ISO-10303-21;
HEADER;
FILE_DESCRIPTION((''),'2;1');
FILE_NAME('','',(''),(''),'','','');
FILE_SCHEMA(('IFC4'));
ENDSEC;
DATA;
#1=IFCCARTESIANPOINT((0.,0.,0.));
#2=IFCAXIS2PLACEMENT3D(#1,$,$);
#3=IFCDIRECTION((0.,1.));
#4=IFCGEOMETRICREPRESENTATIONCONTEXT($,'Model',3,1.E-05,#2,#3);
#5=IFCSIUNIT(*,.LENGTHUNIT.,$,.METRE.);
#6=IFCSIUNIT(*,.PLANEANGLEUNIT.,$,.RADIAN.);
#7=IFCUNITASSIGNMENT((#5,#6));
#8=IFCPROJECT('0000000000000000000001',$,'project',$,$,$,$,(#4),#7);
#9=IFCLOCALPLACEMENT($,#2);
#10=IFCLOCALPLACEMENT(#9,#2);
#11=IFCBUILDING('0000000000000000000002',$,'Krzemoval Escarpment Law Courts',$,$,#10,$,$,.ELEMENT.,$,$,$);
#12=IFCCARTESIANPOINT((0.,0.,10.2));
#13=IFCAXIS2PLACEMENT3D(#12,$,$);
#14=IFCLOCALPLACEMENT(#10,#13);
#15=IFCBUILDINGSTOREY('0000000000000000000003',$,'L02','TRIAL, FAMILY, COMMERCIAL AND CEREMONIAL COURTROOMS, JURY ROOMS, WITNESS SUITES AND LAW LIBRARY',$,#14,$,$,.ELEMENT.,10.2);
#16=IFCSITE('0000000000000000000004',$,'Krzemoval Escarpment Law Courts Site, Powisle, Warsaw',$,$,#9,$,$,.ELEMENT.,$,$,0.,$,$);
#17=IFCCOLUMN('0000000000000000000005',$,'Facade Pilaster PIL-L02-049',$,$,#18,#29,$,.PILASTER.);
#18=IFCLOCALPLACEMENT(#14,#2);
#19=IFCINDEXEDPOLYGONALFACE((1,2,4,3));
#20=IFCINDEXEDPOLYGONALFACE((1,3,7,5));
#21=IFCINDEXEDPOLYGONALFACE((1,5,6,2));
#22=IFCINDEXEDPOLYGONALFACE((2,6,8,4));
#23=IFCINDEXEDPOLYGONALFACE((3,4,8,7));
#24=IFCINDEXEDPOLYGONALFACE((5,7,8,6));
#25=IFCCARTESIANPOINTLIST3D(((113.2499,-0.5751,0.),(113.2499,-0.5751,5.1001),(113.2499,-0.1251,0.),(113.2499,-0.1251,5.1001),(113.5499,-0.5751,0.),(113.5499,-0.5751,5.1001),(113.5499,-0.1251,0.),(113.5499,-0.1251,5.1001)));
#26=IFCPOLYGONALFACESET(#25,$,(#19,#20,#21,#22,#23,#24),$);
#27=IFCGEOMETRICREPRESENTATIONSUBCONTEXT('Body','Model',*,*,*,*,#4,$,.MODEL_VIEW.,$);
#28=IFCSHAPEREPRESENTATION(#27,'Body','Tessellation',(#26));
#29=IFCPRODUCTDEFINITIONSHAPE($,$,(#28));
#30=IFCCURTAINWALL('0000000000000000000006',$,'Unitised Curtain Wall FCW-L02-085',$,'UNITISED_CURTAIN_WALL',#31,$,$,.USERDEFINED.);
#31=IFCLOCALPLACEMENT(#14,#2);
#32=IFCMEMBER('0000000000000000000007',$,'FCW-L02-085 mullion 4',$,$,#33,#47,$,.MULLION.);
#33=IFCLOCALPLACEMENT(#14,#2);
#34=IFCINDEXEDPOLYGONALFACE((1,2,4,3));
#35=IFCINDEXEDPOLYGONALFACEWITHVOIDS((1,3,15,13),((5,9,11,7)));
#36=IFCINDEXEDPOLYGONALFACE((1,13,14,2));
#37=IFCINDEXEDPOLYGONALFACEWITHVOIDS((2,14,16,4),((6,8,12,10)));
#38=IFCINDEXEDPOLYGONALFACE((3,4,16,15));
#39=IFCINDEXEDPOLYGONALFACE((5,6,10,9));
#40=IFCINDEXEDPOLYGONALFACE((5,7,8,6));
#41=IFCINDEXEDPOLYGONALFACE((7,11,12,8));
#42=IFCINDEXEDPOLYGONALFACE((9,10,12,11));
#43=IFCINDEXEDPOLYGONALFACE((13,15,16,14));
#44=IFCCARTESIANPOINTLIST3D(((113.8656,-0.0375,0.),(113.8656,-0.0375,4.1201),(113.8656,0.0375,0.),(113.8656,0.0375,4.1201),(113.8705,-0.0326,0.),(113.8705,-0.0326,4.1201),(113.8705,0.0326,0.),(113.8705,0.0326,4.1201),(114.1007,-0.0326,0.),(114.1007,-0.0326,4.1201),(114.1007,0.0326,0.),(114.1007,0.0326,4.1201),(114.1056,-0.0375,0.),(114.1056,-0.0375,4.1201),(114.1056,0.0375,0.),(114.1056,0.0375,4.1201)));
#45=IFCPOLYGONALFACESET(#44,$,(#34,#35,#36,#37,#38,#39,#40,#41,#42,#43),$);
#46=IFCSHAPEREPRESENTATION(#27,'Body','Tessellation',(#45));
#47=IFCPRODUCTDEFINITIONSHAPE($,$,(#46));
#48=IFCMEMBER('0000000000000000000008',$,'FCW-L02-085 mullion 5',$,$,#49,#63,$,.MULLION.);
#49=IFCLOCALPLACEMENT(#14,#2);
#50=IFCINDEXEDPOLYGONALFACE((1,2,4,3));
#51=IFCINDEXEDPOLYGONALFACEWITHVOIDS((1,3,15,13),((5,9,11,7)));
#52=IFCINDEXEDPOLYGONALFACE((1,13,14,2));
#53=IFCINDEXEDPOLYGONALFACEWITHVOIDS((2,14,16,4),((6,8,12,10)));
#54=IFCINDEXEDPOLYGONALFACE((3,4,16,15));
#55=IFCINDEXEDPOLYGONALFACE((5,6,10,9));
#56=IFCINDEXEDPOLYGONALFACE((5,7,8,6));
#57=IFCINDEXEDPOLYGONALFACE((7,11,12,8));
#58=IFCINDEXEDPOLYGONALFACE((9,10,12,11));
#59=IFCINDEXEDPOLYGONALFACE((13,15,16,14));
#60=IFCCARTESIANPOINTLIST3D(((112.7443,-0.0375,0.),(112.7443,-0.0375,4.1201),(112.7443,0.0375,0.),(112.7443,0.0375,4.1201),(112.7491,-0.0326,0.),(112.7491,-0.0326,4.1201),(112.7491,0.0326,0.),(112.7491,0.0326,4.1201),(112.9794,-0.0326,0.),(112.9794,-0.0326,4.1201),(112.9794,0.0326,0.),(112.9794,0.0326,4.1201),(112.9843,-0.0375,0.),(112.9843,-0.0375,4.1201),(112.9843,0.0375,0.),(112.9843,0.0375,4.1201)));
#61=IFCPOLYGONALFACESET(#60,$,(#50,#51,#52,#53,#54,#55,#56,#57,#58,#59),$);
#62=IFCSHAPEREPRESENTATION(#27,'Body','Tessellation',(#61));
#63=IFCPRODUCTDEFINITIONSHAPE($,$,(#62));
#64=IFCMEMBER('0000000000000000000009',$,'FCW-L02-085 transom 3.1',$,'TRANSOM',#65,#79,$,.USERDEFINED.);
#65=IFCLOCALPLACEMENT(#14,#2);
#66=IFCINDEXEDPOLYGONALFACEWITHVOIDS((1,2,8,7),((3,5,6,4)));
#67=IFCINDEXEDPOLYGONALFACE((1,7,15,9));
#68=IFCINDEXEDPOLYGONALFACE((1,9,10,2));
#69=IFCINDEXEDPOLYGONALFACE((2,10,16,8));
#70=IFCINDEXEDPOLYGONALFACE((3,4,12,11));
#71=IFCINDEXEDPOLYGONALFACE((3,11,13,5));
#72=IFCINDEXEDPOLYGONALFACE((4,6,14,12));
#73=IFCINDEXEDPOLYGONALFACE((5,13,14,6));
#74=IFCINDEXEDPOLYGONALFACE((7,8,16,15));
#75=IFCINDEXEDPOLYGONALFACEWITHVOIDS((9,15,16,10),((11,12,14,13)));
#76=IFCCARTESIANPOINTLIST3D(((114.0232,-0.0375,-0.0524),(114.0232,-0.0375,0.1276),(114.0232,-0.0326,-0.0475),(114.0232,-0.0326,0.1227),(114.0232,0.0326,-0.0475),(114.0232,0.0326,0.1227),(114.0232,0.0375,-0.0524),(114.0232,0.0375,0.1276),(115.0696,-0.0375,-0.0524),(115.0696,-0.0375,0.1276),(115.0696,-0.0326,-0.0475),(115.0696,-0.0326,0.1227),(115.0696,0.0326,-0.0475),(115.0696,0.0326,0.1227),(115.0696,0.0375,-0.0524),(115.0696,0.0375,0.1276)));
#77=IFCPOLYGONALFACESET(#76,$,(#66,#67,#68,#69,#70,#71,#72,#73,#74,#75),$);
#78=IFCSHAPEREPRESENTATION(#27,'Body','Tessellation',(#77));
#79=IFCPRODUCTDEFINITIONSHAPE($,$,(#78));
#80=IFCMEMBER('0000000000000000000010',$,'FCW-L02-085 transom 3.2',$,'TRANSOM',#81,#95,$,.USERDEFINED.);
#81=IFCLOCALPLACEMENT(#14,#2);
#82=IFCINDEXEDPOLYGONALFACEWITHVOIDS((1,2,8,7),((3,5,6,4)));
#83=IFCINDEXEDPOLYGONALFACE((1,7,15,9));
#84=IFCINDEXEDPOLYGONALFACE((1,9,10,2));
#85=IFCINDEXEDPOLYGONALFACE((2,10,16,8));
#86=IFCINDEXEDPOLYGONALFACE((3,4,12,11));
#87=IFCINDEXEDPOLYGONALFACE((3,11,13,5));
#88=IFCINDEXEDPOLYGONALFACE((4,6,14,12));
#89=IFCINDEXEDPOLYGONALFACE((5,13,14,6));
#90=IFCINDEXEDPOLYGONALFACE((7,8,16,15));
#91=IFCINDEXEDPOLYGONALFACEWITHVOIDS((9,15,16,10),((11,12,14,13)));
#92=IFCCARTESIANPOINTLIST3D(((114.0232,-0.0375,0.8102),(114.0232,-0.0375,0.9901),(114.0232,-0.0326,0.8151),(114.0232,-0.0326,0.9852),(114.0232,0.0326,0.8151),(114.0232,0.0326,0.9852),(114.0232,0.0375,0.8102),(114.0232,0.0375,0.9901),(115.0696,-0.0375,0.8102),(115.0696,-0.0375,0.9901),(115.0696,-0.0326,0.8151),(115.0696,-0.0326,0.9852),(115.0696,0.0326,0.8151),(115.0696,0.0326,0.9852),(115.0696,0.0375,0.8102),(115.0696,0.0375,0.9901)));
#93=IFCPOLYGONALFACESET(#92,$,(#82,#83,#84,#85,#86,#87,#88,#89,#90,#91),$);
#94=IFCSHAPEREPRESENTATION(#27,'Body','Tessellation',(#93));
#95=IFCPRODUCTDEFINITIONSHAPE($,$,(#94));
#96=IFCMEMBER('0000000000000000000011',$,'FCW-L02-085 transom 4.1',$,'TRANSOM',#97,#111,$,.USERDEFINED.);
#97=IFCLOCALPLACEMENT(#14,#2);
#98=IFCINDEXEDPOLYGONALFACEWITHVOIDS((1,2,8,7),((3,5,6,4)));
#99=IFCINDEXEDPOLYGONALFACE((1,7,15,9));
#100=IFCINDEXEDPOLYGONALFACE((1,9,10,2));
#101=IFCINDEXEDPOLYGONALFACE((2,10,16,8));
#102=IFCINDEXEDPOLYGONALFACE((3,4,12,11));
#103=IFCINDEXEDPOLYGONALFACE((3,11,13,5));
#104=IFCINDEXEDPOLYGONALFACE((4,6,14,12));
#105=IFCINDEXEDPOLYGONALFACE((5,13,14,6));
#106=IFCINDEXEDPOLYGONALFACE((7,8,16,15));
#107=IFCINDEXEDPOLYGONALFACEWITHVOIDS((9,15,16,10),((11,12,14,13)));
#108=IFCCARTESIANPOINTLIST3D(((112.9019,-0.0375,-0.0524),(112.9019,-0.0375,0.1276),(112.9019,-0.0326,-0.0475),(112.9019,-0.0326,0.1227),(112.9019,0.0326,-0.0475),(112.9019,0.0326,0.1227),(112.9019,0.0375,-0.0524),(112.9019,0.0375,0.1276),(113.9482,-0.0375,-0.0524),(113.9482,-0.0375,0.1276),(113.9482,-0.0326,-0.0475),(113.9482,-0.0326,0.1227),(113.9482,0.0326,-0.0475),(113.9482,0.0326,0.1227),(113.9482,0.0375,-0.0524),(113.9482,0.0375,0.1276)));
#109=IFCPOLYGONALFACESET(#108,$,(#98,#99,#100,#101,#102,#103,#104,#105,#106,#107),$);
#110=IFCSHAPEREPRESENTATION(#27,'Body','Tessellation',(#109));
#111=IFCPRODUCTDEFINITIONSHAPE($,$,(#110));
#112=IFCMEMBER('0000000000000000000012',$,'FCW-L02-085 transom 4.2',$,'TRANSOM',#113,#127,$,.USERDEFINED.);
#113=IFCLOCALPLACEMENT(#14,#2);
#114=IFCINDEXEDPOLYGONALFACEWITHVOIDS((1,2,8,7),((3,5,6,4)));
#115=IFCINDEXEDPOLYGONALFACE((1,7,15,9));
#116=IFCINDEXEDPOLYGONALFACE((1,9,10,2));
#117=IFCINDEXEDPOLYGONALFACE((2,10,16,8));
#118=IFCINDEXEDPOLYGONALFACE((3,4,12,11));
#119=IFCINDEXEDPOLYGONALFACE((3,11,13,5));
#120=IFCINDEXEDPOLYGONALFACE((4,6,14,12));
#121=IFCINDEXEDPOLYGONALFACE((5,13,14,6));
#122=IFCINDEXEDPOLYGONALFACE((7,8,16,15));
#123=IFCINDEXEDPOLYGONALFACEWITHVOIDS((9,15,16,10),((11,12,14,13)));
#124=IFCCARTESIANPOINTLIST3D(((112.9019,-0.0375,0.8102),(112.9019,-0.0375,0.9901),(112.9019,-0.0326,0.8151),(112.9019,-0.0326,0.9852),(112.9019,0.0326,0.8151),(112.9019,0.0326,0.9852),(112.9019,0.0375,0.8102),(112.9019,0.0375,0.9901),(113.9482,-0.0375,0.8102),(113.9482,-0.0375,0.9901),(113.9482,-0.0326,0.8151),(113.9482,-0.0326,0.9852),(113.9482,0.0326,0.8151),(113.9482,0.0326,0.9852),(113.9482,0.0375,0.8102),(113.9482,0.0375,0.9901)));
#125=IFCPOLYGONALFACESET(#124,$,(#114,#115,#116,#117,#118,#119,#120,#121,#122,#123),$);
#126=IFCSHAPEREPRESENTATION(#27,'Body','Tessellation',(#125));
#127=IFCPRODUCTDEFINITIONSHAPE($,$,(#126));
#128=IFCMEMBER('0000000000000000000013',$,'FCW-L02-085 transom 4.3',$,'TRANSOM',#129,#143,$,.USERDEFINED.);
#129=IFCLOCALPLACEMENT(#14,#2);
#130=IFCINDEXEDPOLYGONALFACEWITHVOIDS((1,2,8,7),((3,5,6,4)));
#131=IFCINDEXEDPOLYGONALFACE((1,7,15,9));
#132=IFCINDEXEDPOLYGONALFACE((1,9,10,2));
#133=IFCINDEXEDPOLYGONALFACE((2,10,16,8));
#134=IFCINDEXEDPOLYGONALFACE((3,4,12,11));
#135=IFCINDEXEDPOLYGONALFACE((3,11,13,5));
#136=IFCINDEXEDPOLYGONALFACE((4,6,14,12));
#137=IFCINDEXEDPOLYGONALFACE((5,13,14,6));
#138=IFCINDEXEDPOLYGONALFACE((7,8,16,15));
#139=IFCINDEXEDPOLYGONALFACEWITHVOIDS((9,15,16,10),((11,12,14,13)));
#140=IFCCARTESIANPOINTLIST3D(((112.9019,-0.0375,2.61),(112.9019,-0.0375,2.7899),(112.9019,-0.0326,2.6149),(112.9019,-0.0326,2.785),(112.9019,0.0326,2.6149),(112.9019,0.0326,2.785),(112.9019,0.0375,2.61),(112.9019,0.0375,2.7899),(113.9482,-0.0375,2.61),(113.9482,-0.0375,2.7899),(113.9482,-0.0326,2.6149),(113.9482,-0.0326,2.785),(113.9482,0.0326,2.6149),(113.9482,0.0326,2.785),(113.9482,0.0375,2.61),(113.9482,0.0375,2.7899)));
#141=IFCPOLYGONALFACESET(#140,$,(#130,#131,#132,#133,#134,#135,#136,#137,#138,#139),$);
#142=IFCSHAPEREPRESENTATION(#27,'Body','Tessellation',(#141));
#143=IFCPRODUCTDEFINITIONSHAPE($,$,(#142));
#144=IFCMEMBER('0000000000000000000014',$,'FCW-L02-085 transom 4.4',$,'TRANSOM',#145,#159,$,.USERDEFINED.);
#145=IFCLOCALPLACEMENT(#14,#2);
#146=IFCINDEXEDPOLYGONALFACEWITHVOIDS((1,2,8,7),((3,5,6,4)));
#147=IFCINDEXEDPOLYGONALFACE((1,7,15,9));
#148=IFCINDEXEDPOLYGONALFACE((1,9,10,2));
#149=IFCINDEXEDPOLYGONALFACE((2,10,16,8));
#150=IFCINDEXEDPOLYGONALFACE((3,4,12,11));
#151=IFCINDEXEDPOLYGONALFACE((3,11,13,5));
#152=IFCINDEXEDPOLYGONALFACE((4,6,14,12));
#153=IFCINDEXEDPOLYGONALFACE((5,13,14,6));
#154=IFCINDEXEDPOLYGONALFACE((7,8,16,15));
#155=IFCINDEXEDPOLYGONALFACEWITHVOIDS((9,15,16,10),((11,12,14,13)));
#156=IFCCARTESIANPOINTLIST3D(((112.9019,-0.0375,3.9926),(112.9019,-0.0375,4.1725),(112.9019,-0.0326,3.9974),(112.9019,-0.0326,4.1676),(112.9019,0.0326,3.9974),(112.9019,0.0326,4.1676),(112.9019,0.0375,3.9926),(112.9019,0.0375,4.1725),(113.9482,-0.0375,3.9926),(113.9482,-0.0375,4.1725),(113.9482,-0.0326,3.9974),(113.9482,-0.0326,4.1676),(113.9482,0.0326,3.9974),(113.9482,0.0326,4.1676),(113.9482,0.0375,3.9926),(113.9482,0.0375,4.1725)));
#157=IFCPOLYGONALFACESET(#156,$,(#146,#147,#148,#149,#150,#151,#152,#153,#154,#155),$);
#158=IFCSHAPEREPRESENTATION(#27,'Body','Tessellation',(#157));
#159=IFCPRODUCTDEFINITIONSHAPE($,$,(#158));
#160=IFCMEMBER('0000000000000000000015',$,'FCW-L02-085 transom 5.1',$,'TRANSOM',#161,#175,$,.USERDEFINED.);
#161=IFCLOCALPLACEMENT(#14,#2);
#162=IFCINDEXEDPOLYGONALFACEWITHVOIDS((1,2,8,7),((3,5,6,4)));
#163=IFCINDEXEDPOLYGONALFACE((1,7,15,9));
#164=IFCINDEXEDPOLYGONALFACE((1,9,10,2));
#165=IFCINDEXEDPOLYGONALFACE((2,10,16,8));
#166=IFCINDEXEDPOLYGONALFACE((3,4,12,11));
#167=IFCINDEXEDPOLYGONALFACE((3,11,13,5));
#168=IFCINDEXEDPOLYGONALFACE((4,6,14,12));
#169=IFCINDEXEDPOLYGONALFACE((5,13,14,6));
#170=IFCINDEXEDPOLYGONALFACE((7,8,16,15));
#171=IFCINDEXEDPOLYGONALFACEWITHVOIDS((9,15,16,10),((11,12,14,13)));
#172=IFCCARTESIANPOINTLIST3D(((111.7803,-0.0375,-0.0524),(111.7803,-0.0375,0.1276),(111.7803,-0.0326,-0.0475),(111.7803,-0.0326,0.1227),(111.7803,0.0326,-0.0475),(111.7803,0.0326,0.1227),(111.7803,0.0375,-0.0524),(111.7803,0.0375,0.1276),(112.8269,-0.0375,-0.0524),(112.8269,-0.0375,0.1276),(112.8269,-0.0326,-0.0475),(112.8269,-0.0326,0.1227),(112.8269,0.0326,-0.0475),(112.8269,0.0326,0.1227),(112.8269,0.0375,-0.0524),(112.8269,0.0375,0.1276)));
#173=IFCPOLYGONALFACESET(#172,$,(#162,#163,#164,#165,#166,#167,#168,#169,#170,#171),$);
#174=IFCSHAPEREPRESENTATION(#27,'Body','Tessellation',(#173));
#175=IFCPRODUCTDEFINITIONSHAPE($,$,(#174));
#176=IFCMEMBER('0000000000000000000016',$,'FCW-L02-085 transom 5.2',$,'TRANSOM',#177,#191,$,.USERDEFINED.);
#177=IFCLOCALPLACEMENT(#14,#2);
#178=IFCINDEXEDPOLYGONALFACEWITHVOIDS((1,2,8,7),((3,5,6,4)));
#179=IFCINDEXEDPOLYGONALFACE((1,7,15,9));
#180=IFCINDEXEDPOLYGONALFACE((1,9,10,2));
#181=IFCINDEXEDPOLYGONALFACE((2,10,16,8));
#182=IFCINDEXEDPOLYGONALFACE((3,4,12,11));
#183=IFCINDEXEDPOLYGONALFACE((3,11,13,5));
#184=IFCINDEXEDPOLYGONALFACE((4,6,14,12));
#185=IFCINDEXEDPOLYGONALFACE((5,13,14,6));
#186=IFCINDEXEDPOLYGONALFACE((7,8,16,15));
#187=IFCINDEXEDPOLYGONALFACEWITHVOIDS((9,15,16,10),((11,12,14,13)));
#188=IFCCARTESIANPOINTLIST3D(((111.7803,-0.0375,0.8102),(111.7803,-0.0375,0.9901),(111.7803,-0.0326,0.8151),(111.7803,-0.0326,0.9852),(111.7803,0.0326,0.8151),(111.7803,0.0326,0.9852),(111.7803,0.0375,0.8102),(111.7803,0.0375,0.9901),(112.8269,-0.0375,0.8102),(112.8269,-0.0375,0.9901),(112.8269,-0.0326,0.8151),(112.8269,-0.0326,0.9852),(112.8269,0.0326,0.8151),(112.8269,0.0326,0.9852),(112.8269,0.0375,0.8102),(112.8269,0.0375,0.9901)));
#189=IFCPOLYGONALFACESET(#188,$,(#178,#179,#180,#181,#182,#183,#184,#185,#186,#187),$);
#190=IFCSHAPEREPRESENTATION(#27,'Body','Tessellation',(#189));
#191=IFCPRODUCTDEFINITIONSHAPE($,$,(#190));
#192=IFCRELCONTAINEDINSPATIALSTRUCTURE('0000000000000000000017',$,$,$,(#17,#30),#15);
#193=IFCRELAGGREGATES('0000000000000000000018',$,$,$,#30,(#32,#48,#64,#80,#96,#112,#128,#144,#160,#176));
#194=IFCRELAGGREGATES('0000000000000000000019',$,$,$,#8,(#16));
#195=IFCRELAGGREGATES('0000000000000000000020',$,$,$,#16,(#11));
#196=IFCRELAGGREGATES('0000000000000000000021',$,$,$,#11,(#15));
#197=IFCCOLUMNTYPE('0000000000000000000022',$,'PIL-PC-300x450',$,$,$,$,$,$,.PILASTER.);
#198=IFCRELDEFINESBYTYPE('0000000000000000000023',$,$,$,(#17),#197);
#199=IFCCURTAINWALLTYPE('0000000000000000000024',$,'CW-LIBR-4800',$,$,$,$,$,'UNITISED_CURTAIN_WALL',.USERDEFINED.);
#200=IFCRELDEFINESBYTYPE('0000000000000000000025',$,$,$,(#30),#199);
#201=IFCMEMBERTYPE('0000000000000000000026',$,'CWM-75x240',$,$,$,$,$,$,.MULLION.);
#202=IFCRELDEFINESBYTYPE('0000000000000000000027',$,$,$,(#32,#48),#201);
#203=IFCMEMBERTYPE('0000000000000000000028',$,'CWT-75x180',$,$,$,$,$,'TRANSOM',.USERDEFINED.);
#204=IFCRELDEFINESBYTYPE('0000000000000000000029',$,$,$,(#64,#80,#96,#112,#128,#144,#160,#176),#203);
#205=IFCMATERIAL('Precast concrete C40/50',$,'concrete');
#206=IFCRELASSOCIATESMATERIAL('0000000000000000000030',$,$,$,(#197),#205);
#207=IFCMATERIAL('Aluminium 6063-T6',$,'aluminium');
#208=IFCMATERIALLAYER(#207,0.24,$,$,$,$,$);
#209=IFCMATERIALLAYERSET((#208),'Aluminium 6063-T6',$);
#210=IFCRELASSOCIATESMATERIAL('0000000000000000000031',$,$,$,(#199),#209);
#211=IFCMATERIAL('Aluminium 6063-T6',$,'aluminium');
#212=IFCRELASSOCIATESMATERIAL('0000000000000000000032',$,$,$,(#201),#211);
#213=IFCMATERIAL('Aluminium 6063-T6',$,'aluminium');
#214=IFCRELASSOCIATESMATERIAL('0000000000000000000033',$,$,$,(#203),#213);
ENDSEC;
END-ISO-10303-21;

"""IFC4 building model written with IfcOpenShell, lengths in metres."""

from ifc_helpers import new_model, si_unit, direction, frame, origin, origin_2d, place, context, subcontext, project, spatial, rectangle, hollow_rectangle, extrude, material, layer, layer_set, material_profile, profile_set, type_object, element, aggregate, save


model = new_model("IFC4")

# Units and contexts
model_context = context("Model", 3, precision=1e-05, world=origin(), true_north=direction((0.0, 1.0)))
body_context = subcontext(model_context, "Body", "Model", "MODEL_VIEW")
ifc_project = project(units=[si_unit("LENGTHUNIT", "METRE"), si_unit("PLANEANGLEUNIT", "RADIAN")], contexts=[model_context])

# Site, building, storey
site_placement = place(None, origin())
site = spatial("IfcSite", under=ifc_project, at=site_placement, Name="Krzemoval Escarpment Law Courts Site, Powisle, Warsaw", CompositionType="ELEMENT", RefElevation=0.0)
building_placement = place(site_placement, origin())
building = spatial("IfcBuilding", under=site, at=building_placement, Name="Krzemoval Escarpment Law Courts", CompositionType="ELEMENT")
storey_placement = place(building_placement, frame((0.0, 0.0, 10.2)))
storey = spatial("IfcBuildingStorey", under=building, at=storey_placement, Name="L02", Description="TRIAL, FAMILY, COMMERCIAL AND CEREMONIAL COURTROOMS, JURY ROOMS, WITNESS SUITES AND LAW LIBRARY", CompositionType="ELEMENT", Elevation=10.2)

# Column
ifc_material_1 = material(Name="Precast concrete C40/50", Category="concrete")
ifc_material_profile_1 = material_profile(ifc_material_1, rectangle(XDim=0.3, YDim=0.45, at=origin_2d()), Name="PIL 300x450")
ifc_profile_set_1 = profile_set([ifc_material_profile_1], Name="Precast concrete C40/50")
column_type = type_object("IfcColumnType", Name="PIL-PC-300x450", PredefinedType="PILASTER", material=ifc_profile_set_1)
column_placement = place(storey_placement, frame((113.3999, -0.3501, 0.0), z_axis=(0.0, 0.0, 1.0), x_axis=(1.0, 0.0, 0.0)))
element("IfcColumn", 1, at=column_placement, inside=storey, type_object=column_type, Name="Facade Pilaster PIL-L02-049", PredefinedType="PILASTER", context=body_context, shape_type="SweptSolid", body=[
    extrude(rectangle(XDim=0.3, YDim=0.45, at=origin_2d()), origin(), (0.0, 0.0, 1.0), 5.1001),
])

# Curtain wall, members
ifc_material_2 = material(Name="Aluminium 6063-T6", Category="aluminium")
ifc_layer_1 = layer(ifc_material_2, 0.24)
ifc_layer_set_1 = layer_set([ifc_layer_1], Name="Aluminium 6063-T6")
curtain_wall_type = type_object("IfcCurtainWallType", Name="CW-LIBR-4800", ElementType="UNITISED_CURTAIN_WALL", PredefinedType="USERDEFINED", material=ifc_layer_set_1)
curtain_wall_placement = place(storey_placement, origin())
curtain_wall = element("IfcCurtainWall", 2, at=curtain_wall_placement, inside=storey, type_object=curtain_wall_type, Name="Unitised Curtain Wall FCW-L02-085", ObjectType="UNITISED_CURTAIN_WALL", PredefinedType="USERDEFINED")
ifc_material_3 = material(Name="Aluminium 6063-T6", Category="aluminium")
ifc_material_profile_2 = material_profile(ifc_material_3, hollow_rectangle(XDim=0.075, YDim=0.24, WallThickness=0.0049, at=origin_2d()), Name="ALU M75x240")
ifc_profile_set_2 = profile_set([ifc_material_profile_2], Name="Aluminium 6063-T6")
member_type_1 = type_object("IfcMemberType", Name="CWM-75x240", PredefinedType="MULLION", material=ifc_profile_set_2)
member_1_placement = place(storey_placement, frame((113.9856, 0.0, 0.0), z_axis=(0.0, 0.0, 1.0), x_axis=(0.0, -1.0, 0.0)))
member_1 = element("IfcMember", 3, at=member_1_placement, type_object=member_type_1, Name="FCW-L02-085 mullion 4", PredefinedType="MULLION", context=body_context, shape_type="SweptSolid", body=[
    extrude(hollow_rectangle(XDim=0.075, YDim=0.24, WallThickness=0.0049, at=origin_2d()), origin(), (0.0, 0.0, 1.0), 4.1201),
])
member_2_placement = place(storey_placement, frame((112.8643, 0.0, 0.0), z_axis=(0.0, 0.0, 1.0), x_axis=(0.0, -1.0, 0.0)))
member_2 = element("IfcMember", 4, at=member_2_placement, type_object=member_type_1, Name="FCW-L02-085 mullion 5", PredefinedType="MULLION", context=body_context, shape_type="SweptSolid", body=[
    extrude(hollow_rectangle(XDim=0.075, YDim=0.24, WallThickness=0.0049, at=origin_2d()), origin(), (0.0, 0.0, 1.0), 4.1201),
])
ifc_material_4 = material(Name="Aluminium 6063-T6", Category="aluminium")
ifc_material_profile_3 = material_profile(ifc_material_4, hollow_rectangle(XDim=0.075, YDim=0.1799, WallThickness=0.0049, at=origin_2d()), Name="ALU T75x180")
ifc_profile_set_3 = profile_set([ifc_material_profile_3], Name="Aluminium 6063-T6")
member_type_2 = type_object("IfcMemberType", Name="CWT-75x180", ElementType="TRANSOM", PredefinedType="USERDEFINED", material=ifc_profile_set_3)
member_3_placement = place(storey_placement, frame((115.0696, 0.0, 0.0376), z_axis=(-1.0, 0.0, 0.0), x_axis=(0.0, -1.0, 0.0)))
member_3 = element("IfcMember", 5, at=member_3_placement, type_object=member_type_2, Name="FCW-L02-085 transom 3.1", ObjectType="TRANSOM", PredefinedType="USERDEFINED", context=body_context, shape_type="SweptSolid", body=[
    extrude(hollow_rectangle(XDim=0.075, YDim=0.1799, WallThickness=0.0049, at=origin_2d()), origin(), (0.0, 0.0, 1.0), 1.0464),
])
member_4_placement = place(storey_placement, frame((115.0696, 0.0, 0.9001), z_axis=(-1.0, 0.0, 0.0), x_axis=(0.0, -1.0, 0.0)))
member_4 = element("IfcMember", 6, at=member_4_placement, type_object=member_type_2, Name="FCW-L02-085 transom 3.2", ObjectType="TRANSOM", PredefinedType="USERDEFINED", context=body_context, shape_type="SweptSolid", body=[
    extrude(hollow_rectangle(XDim=0.075, YDim=0.1799, WallThickness=0.0049, at=origin_2d()), origin(), (0.0, 0.0, 1.0), 1.0464),
])
member_5_placement = place(storey_placement, frame((113.9482, 0.0, 0.0376), z_axis=(-1.0, 0.0, 0.0), x_axis=(0.0, -1.0, 0.0)))
member_5 = element("IfcMember", 7, at=member_5_placement, type_object=member_type_2, Name="FCW-L02-085 transom 4.1", ObjectType="TRANSOM", PredefinedType="USERDEFINED", context=body_context, shape_type="SweptSolid", body=[
    extrude(hollow_rectangle(XDim=0.075, YDim=0.1799, WallThickness=0.0049, at=origin_2d()), origin(), (0.0, 0.0, 1.0), 1.0464),
])
member_6_placement = place(storey_placement, frame((113.9482, 0.0, 0.9001), z_axis=(-1.0, 0.0, 0.0), x_axis=(0.0, -1.0, 0.0)))
member_6 = element("IfcMember", 8, at=member_6_placement, type_object=member_type_2, Name="FCW-L02-085 transom 4.2", ObjectType="TRANSOM", PredefinedType="USERDEFINED", context=body_context, shape_type="SweptSolid", body=[
    extrude(hollow_rectangle(XDim=0.075, YDim=0.1799, WallThickness=0.0049, at=origin_2d()), origin(), (0.0, 0.0, 1.0), 1.0464),
])
member_7_placement = place(storey_placement, frame((113.9482, 0.0, 2.7), z_axis=(-1.0, 0.0, 0.0), x_axis=(0.0, -1.0, 0.0)))
member_7 = element("IfcMember", 9, at=member_7_placement, type_object=member_type_2, Name="FCW-L02-085 transom 4.3", ObjectType="TRANSOM", PredefinedType="USERDEFINED", context=body_context, shape_type="SweptSolid", body=[
    extrude(hollow_rectangle(XDim=0.075, YDim=0.1799, WallThickness=0.0049, at=origin_2d()), origin(), (0.0, 0.0, 1.0), 1.0464),
])
member_8_placement = place(storey_placement, frame((113.9482, 0.0, 4.0825), z_axis=(-1.0, 0.0, 0.0), x_axis=(0.0, -1.0, 0.0)))
member_8 = element("IfcMember", 10, at=member_8_placement, type_object=member_type_2, Name="FCW-L02-085 transom 4.4", ObjectType="TRANSOM", PredefinedType="USERDEFINED", context=body_context, shape_type="SweptSolid", body=[
    extrude(hollow_rectangle(XDim=0.075, YDim=0.1799, WallThickness=0.0049, at=origin_2d()), origin(), (0.0, 0.0, 1.0), 1.0464),
])
member_9_placement = place(storey_placement, frame((112.8269, 0.0, 0.0376), z_axis=(-1.0, 0.0, 0.0), x_axis=(0.0, -1.0, 0.0)))
member_9 = element("IfcMember", 11, at=member_9_placement, type_object=member_type_2, Name="FCW-L02-085 transom 5.1", ObjectType="TRANSOM", PredefinedType="USERDEFINED", context=body_context, shape_type="SweptSolid", body=[
    extrude(hollow_rectangle(XDim=0.075, YDim=0.1799, WallThickness=0.0049, at=origin_2d()), origin(), (0.0, 0.0, 1.0), 1.0466),
])
member_10_placement = place(storey_placement, frame((112.8269, 0.0, 0.9001), z_axis=(-1.0, 0.0, 0.0), x_axis=(0.0, -1.0, 0.0)))
member_10 = element("IfcMember", 12, at=member_10_placement, type_object=member_type_2, Name="FCW-L02-085 transom 5.2", ObjectType="TRANSOM", PredefinedType="USERDEFINED", context=body_context, shape_type="SweptSolid", body=[
    extrude(hollow_rectangle(XDim=0.075, YDim=0.1799, WallThickness=0.0049, at=origin_2d()), origin(), (0.0, 0.0, 1.0), 1.0466),
])
aggregate(curtain_wall, [member_1, member_2, member_3, member_4, member_5, member_6, member_7, member_8, member_9, member_10])

save(model, "model.ifc")
